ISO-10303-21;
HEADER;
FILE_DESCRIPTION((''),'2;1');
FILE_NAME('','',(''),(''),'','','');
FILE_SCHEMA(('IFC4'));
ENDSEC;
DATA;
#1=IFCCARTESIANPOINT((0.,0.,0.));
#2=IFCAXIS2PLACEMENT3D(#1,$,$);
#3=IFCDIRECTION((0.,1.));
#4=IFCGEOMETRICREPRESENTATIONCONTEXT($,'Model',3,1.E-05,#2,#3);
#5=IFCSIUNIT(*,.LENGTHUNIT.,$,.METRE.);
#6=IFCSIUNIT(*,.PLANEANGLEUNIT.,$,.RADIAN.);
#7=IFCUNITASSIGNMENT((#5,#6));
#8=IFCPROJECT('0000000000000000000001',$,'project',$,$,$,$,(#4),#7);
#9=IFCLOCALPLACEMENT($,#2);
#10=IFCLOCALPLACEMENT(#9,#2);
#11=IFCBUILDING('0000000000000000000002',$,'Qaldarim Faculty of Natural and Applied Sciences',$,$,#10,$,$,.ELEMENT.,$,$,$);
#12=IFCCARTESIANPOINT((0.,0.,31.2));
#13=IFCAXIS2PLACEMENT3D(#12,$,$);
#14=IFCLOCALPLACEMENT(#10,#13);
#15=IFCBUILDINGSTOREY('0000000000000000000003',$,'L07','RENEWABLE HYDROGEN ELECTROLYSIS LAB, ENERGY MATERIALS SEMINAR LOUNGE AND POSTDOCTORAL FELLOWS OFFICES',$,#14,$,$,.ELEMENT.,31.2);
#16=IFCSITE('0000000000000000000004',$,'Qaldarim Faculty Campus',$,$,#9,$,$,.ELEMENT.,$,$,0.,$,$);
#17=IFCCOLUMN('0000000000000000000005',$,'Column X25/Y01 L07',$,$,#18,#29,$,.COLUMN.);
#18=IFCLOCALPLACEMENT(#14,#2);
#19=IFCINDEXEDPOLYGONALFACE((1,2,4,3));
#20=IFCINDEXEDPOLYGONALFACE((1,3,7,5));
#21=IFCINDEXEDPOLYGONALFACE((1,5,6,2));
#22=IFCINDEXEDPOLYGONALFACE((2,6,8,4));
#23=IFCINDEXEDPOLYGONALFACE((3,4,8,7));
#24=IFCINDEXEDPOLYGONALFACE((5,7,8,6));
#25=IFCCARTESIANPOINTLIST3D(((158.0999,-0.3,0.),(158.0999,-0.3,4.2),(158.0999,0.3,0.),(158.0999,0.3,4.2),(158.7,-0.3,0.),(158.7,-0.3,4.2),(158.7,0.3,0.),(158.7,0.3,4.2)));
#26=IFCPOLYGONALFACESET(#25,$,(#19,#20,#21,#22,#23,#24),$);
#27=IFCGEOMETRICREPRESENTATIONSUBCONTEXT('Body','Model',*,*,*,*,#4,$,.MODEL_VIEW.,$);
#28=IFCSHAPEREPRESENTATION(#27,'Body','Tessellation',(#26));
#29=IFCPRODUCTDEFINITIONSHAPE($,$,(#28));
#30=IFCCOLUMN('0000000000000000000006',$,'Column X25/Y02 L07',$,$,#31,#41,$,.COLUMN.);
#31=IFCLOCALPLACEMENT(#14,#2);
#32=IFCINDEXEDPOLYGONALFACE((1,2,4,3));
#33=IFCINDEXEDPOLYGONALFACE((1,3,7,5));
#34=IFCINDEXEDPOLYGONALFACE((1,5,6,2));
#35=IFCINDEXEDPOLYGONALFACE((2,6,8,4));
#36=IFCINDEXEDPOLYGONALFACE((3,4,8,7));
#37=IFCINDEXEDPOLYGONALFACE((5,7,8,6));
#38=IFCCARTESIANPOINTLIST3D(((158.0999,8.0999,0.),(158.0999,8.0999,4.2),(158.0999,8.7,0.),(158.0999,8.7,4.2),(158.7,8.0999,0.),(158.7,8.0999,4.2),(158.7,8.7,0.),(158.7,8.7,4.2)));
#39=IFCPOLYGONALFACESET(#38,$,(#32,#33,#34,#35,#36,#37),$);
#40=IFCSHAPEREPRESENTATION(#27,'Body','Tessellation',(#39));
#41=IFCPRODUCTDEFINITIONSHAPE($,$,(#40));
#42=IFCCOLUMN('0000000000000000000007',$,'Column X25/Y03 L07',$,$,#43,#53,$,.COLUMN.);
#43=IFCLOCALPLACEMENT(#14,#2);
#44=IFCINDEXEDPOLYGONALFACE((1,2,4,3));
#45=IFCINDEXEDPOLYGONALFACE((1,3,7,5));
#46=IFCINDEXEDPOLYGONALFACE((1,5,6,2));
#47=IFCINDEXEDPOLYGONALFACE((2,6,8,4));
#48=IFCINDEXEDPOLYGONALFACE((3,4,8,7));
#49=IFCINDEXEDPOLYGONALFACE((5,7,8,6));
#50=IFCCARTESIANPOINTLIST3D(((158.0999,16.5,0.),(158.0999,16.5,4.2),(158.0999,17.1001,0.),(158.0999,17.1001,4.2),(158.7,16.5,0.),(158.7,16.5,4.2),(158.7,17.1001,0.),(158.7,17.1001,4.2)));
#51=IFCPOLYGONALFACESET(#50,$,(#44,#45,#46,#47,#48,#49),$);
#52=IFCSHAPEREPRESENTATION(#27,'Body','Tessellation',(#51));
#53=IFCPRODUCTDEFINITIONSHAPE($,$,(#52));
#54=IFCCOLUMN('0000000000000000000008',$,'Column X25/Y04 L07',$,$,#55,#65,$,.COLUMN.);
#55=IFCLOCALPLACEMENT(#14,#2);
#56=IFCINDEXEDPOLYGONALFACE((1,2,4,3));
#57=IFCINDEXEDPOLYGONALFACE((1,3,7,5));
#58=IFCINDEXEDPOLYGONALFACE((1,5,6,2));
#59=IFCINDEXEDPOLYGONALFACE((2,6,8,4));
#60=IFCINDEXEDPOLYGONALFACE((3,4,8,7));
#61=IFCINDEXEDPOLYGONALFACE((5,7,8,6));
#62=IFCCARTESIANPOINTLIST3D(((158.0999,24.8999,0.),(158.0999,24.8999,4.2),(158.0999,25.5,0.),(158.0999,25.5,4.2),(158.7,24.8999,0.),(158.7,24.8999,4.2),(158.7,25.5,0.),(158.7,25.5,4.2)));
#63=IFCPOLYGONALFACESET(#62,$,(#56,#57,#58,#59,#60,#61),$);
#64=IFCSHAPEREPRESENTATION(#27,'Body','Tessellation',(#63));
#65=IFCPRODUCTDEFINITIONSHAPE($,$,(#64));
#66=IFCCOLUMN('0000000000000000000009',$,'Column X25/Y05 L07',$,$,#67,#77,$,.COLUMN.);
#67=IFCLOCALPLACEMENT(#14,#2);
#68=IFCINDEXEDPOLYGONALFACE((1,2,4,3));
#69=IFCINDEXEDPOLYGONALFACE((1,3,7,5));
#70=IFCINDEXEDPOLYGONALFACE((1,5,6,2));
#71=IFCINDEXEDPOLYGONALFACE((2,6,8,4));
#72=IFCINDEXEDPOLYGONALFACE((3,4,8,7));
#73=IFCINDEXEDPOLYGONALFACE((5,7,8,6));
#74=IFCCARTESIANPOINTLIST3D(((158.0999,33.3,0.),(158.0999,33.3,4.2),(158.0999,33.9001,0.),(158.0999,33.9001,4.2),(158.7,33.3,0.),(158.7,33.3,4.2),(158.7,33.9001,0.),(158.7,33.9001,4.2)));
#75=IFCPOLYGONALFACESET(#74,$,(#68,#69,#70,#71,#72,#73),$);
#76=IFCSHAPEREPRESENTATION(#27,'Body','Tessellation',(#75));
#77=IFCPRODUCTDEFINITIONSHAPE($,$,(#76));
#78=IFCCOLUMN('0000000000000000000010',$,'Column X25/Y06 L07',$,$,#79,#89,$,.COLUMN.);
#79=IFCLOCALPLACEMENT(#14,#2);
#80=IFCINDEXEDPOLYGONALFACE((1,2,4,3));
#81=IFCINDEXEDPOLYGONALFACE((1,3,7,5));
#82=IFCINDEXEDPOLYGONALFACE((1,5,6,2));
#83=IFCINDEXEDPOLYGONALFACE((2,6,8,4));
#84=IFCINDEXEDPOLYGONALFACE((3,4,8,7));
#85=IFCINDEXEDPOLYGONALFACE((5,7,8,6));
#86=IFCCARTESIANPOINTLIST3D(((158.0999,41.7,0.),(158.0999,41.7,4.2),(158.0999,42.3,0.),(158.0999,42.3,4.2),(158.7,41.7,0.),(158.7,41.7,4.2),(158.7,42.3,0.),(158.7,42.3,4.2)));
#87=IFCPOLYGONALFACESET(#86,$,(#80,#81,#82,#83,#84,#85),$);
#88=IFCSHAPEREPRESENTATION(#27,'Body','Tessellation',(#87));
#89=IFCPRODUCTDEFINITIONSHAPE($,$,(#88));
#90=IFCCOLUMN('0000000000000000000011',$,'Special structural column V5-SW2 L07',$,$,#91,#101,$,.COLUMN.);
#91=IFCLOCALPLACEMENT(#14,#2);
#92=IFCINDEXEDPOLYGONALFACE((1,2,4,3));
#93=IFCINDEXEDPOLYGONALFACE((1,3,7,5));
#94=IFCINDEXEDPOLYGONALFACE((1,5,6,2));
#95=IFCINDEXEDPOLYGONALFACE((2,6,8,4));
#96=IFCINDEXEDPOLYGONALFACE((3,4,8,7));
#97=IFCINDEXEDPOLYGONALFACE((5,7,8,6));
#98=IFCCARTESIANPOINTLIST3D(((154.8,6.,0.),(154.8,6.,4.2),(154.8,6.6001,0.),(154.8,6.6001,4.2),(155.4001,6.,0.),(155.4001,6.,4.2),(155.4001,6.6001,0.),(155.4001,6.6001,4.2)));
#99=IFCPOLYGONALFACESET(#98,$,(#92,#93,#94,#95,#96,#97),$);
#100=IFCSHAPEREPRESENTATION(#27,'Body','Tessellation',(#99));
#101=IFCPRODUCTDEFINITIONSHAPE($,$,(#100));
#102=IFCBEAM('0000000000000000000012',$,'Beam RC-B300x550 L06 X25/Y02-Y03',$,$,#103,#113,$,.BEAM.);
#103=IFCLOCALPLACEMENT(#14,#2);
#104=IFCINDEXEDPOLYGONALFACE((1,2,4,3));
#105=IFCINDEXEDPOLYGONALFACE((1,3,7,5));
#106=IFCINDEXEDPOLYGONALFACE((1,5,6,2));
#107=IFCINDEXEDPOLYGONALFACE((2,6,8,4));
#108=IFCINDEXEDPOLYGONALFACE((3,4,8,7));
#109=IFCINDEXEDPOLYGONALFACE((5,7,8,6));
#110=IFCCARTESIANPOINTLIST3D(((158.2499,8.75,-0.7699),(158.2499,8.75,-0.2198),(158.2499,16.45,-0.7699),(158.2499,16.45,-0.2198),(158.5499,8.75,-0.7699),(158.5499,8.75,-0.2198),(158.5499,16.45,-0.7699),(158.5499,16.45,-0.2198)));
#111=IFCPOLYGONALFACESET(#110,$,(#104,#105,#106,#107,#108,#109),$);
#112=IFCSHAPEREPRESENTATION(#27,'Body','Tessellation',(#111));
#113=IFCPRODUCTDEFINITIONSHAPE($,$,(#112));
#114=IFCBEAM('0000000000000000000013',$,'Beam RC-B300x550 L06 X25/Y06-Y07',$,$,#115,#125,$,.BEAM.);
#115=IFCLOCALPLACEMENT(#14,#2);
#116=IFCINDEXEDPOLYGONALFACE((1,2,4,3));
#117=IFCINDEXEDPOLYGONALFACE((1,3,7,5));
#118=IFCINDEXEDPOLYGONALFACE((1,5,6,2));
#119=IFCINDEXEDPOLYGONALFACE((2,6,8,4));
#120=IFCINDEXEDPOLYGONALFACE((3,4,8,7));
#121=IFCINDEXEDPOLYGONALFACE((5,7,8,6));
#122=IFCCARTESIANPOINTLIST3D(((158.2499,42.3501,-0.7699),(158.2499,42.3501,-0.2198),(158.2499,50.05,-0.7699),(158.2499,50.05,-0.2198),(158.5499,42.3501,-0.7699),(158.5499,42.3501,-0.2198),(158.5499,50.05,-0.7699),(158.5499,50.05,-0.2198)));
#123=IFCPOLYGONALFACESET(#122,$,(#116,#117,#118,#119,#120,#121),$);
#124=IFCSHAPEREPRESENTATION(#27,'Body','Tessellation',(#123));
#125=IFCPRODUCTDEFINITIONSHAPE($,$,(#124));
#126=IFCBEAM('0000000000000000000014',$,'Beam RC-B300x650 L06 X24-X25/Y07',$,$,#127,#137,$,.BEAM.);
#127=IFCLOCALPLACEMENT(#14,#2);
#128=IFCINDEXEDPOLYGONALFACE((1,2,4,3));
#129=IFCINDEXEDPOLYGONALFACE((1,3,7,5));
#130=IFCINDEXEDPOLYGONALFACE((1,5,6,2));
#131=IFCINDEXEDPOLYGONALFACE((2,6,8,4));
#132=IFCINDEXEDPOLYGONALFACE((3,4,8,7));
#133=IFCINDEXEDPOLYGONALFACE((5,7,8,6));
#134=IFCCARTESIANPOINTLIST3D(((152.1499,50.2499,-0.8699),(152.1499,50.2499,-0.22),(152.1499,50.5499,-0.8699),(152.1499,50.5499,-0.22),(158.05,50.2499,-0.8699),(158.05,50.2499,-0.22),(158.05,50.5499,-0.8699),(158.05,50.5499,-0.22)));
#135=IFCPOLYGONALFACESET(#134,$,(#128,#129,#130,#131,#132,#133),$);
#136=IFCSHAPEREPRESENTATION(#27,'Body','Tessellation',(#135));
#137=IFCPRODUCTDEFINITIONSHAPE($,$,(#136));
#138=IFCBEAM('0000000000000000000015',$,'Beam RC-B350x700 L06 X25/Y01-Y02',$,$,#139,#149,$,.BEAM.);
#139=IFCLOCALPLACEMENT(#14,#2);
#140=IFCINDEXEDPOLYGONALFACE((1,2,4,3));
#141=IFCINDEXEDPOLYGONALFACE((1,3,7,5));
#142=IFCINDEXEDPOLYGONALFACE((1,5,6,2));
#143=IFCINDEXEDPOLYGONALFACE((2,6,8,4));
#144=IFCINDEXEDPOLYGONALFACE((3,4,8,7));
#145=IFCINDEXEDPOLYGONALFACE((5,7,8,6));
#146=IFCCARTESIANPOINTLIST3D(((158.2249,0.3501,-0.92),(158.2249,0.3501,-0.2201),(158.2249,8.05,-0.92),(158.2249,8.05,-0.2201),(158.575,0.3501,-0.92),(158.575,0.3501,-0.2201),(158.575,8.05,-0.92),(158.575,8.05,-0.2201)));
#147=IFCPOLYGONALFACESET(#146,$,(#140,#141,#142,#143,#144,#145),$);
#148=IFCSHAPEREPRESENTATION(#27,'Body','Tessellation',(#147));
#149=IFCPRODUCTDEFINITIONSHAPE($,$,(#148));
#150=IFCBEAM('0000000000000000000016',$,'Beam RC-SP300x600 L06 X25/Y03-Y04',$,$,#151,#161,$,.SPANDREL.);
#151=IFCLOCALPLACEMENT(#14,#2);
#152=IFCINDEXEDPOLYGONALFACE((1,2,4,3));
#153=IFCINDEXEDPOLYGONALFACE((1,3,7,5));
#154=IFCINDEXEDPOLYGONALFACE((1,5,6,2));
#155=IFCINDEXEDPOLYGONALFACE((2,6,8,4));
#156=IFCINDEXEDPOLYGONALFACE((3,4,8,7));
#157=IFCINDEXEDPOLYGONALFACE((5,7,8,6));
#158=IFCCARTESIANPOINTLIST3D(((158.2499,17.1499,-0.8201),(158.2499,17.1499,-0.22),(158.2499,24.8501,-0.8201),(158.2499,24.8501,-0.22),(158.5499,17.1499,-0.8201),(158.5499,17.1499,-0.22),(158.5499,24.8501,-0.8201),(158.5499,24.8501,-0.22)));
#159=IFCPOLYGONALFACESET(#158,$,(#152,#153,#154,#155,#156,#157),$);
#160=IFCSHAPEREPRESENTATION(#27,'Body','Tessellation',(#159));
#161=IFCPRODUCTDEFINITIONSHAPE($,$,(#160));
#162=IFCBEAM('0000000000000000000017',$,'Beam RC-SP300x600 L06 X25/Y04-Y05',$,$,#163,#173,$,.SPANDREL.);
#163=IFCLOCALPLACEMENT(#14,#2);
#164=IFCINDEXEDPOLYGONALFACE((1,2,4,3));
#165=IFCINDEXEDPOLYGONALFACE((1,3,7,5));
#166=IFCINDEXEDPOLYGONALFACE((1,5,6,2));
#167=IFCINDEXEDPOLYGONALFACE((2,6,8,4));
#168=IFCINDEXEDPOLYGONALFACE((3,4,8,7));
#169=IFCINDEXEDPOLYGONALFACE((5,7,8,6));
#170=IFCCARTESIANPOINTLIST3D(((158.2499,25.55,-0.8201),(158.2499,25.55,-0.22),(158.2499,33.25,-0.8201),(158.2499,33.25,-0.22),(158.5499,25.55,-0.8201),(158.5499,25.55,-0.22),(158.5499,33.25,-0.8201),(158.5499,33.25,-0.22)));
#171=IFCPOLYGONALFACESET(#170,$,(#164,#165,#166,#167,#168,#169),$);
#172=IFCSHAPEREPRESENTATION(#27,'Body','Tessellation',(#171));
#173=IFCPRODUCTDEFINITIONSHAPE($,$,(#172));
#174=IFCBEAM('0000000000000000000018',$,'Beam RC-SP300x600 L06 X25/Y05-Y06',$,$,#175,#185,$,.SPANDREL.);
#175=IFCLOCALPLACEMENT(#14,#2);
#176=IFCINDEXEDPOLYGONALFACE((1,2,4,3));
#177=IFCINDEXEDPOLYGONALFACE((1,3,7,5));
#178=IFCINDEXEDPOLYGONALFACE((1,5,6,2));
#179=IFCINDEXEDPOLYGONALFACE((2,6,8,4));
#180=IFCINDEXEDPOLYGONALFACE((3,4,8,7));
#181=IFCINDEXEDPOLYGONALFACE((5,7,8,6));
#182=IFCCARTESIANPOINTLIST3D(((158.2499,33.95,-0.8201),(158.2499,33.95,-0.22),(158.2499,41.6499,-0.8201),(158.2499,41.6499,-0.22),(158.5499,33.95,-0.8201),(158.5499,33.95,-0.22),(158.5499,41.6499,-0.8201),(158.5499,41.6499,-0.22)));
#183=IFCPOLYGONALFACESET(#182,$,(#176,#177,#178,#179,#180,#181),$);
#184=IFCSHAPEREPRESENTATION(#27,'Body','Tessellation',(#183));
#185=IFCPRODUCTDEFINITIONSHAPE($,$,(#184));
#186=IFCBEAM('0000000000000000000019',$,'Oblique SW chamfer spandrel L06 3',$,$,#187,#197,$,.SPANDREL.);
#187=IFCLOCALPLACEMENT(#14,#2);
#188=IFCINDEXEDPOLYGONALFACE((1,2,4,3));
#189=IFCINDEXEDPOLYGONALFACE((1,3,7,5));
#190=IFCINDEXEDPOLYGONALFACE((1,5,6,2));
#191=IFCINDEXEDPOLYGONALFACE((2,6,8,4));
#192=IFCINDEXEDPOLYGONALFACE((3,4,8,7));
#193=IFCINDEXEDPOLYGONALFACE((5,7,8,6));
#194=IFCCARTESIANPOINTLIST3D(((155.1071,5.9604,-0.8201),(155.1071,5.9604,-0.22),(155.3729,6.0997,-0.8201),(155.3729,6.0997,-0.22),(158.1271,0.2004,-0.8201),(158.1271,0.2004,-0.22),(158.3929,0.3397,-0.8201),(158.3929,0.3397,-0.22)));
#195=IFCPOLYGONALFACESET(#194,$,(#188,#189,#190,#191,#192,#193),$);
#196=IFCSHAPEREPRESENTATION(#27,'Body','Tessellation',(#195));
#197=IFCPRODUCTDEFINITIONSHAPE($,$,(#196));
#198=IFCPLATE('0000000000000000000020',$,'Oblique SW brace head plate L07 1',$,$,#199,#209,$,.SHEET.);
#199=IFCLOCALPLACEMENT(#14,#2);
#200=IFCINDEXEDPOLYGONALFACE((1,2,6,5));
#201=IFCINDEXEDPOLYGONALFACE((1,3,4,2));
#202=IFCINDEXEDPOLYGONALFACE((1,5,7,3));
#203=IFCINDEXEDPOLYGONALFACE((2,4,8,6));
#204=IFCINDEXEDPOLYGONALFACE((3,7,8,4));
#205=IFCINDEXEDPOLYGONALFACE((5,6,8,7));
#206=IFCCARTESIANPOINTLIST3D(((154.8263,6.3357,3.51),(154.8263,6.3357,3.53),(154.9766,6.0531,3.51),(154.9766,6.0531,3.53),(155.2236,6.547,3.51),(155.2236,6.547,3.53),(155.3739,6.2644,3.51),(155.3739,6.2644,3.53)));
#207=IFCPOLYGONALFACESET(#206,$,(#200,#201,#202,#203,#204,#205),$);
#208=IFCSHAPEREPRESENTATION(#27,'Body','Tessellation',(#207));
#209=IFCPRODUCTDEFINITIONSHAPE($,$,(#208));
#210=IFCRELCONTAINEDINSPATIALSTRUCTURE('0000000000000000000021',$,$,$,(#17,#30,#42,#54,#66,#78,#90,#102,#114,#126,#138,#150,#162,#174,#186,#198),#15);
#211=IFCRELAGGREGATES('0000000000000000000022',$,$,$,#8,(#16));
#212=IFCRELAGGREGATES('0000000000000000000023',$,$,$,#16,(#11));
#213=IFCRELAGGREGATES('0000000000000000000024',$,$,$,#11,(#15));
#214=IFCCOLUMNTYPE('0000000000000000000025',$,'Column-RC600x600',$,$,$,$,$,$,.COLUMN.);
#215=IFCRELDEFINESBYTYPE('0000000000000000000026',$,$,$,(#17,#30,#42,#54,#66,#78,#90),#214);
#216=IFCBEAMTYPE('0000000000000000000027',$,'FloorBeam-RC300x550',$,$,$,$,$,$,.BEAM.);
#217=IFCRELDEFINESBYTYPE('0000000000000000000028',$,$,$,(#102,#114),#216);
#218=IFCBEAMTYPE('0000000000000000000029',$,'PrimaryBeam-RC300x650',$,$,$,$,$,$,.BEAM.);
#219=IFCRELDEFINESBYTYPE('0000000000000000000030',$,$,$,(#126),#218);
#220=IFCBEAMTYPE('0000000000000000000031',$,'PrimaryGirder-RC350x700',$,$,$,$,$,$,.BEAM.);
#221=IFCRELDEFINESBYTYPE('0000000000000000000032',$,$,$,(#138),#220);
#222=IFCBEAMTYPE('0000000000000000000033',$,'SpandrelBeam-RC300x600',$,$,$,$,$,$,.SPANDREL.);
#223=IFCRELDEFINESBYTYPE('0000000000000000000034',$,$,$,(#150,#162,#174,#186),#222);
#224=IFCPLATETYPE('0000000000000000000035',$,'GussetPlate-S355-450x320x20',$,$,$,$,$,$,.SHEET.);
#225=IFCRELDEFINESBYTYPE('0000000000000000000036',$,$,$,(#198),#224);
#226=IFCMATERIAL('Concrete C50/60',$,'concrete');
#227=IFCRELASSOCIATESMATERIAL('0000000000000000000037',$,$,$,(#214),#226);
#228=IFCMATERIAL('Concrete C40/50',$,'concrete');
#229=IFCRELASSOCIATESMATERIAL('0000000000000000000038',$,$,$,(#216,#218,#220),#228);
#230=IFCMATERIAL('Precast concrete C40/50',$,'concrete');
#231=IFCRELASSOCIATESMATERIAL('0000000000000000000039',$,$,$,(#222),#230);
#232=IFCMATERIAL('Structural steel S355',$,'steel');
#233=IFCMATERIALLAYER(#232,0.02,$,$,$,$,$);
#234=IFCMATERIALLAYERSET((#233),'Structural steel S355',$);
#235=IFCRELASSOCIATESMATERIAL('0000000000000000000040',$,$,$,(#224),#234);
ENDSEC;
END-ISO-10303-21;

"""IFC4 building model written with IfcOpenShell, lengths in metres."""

from ifc_helpers import new_model, si_unit, direction, frame, origin, origin_2d, place, context, subcontext, project, spatial, rectangle, extrude, material, layer, layer_set, material_profile, profile_set, type_object, element, save


model = new_model("IFC4")

# Units and contexts
model_context = context("Model", 3, precision=1e-05, world=origin(), true_north=direction((0.0, 1.0)))
body_context = subcontext(model_context, "Body", "Model", "MODEL_VIEW")
ifc_project = project(units=[si_unit("LENGTHUNIT", "METRE"), si_unit("PLANEANGLEUNIT", "RADIAN")], contexts=[model_context])

# Site, building, storey
site_placement = place(None, origin())
site = spatial("IfcSite", under=ifc_project, at=site_placement, Name="Qaldarim Faculty Campus", CompositionType="ELEMENT", RefElevation=0.0)
building_placement = place(site_placement, origin())
building = spatial("IfcBuilding", under=site, at=building_placement, Name="Qaldarim Faculty of Natural and Applied Sciences", CompositionType="ELEMENT")
storey_placement = place(building_placement, frame((0.0, 0.0, 31.2)))
storey = spatial("IfcBuildingStorey", under=building, at=storey_placement, Name="L07", Description="RENEWABLE HYDROGEN ELECTROLYSIS LAB, ENERGY MATERIALS SEMINAR LOUNGE AND POSTDOCTORAL FELLOWS OFFICES", CompositionType="ELEMENT", Elevation=31.2)

# Columns
ifc_material_1 = material(Name="Concrete C50/60", Category="concrete")
ifc_material_profile_1 = material_profile(ifc_material_1, rectangle(XDim=0.6001, YDim=0.6001, at=origin_2d()), Name="RC-C600x600")
ifc_profile_set_1 = profile_set([ifc_material_profile_1], Name="Concrete C50/60")
column_type = type_object("IfcColumnType", Name="Column-RC600x600", PredefinedType="COLUMN", material=ifc_profile_set_1)
for number, where, z_axis, x_axis, name in (
    (1, (158.3999, 0.0, 0.0), (0.0, 0.0, 1.0), (1.0, 0.0, 0.0), "Column X25/Y01 L07"),
    (2, (158.3999, 8.3999, 0.0), (0.0, 0.0, 1.0), (1.0, 0.0, 0.0), "Column X25/Y02 L07"),
    (3, (158.3999, 16.8, 0.0), (0.0, 0.0, 1.0), (1.0, 0.0, 0.0), "Column X25/Y03 L07"),
    (4, (158.3999, 25.2, 0.0), (0.0, 0.0, 1.0), (1.0, 0.0, 0.0), "Column X25/Y04 L07"),
    (5, (158.3999, 33.6001, 0.0), (0.0, 0.0, 1.0), (1.0, 0.0, 0.0), "Column X25/Y05 L07"),
    (6, (158.3999, 42.0, 0.0), (0.0, 0.0, 1.0), (1.0, 0.0, 0.0), "Column X25/Y06 L07"),
    (7, (155.1001, 6.3, 0.0), (0.0, 0.0, 1.0), (1.0, 0.0, 0.0), "Special structural column V5-SW2 L07"),
):
    element("IfcColumn", number, at=place(storey_placement, frame(where, z_axis=z_axis, x_axis=x_axis)), inside=storey, type_object=column_type, Name=name, PredefinedType="COLUMN", context=body_context, shape_type="SweptSolid", body=[
        extrude(rectangle(XDim=0.6001, YDim=0.6001, at=origin_2d()), origin(), (0.0, 0.0, 1.0), 4.2),
    ])

# Beams
ifc_material_2 = material(Name="Concrete C40/50", Category="concrete")
ifc_material_profile_2 = material_profile(ifc_material_2, rectangle(XDim=0.3, YDim=0.55, at=origin_2d()), Name="RC-B300x550")
ifc_profile_set_2 = profile_set([ifc_material_profile_2], Name="Concrete C40/50")
beam_type_1 = type_object("IfcBeamType", Name="FloorBeam-RC300x550", PredefinedType="BEAM", material=ifc_profile_set_2)
for number, where, z_axis, x_axis, name in (
    (8, (158.3999, 8.75, -0.4949), (0.0, 1.0, 0.0), (-1.0, 0.0, 0.0), "Beam RC-B300x550 L06 X25/Y02-Y03"),
    (9, (158.3999, 42.3501, -0.4949), (0.0, 1.0, 0.0), (-1.0, 0.0, 0.0), "Beam RC-B300x550 L06 X25/Y06-Y07"),
):
    element("IfcBeam", number, at=place(storey_placement, frame(where, z_axis=z_axis, x_axis=x_axis)), inside=storey, type_object=beam_type_1, Name=name, PredefinedType="BEAM", context=body_context, shape_type="SweptSolid", body=[
        extrude(rectangle(XDim=0.3, YDim=0.55, at=origin_2d()), origin(), (0.0, 0.0, 1.0), 7.7),
    ])
ifc_material_profile_3 = material_profile(ifc_material_2, rectangle(XDim=0.3, YDim=0.6499, at=origin_2d()), Name="RC-B300x650")
ifc_profile_set_3 = profile_set([ifc_material_profile_3], Name="Concrete C40/50")
beam_type_2 = type_object("IfcBeamType", Name="PrimaryBeam-RC300x650", PredefinedType="BEAM", material=ifc_profile_set_3)
beam_1_placement = place(storey_placement, frame((152.1499, 50.3999, -0.5449), z_axis=(1.0, 0.0, 0.0), x_axis=(0.0, 1.0, 0.0)))
element("IfcBeam", 10, at=beam_1_placement, inside=storey, type_object=beam_type_2, Name="Beam RC-B300x650 L06 X24-X25/Y07", PredefinedType="BEAM", context=body_context, shape_type="SweptSolid", body=[
    extrude(rectangle(XDim=0.3, YDim=0.6499, at=origin_2d()), origin(), (0.0, 0.0, 1.0), 5.9001),
])
ifc_material_profile_4 = material_profile(ifc_material_2, rectangle(XDim=0.3501, YDim=0.7, at=origin_2d()), Name="RC-B350x700")
ifc_profile_set_4 = profile_set([ifc_material_profile_4], Name="Concrete C40/50")
beam_type_3 = type_object("IfcBeamType", Name="PrimaryGirder-RC350x700", PredefinedType="BEAM", material=ifc_profile_set_4)
beam_2_placement = place(storey_placement, frame((158.3999, 0.3501, -0.5701), z_axis=(0.0, 1.0, 0.0), x_axis=(-1.0, 0.0, 0.0)))
element("IfcBeam", 11, at=beam_2_placement, inside=storey, type_object=beam_type_3, Name="Beam RC-B350x700 L06 X25/Y01-Y02", PredefinedType="BEAM", context=body_context, shape_type="SweptSolid", body=[
    extrude(rectangle(XDim=0.3501, YDim=0.7, at=origin_2d()), origin(), (0.0, 0.0, 1.0), 7.7),
])
ifc_material_3 = material(Name="Precast concrete C40/50", Category="concrete")
ifc_material_profile_5 = material_profile(ifc_material_3, rectangle(XDim=0.3, YDim=0.6001, at=origin_2d()), Name="RC-SP300x600")
ifc_profile_set_5 = profile_set([ifc_material_profile_5], Name="Precast concrete C40/50")
beam_type_4 = type_object("IfcBeamType", Name="SpandrelBeam-RC300x600", PredefinedType="SPANDREL", material=ifc_profile_set_5)
beam_3_placement = place(storey_placement, frame((158.3999, 17.1499, -0.52), z_axis=(0.0, 1.0, 0.0), x_axis=(-1.0, 0.0, 0.0)))
element("IfcBeam", 12, at=beam_3_placement, inside=storey, type_object=beam_type_4, Name="Beam RC-SP300x600 L06 X25/Y03-Y04", PredefinedType="SPANDREL", context=body_context, shape_type="SweptSolid", body=[
    extrude(rectangle(XDim=0.3, YDim=0.6001, at=origin_2d()), origin(), (0.0, 0.0, 1.0), 7.7002),
])
for number, where, z_axis, x_axis, name in (
    (13, (158.3999, 25.55, -0.52), (0.0, 1.0, 0.0), (-1.0, 0.0, 0.0), "Beam RC-SP300x600 L06 X25/Y04-Y05"),
    (14, (158.3999, 33.95, -0.52), (0.0, 1.0, 0.0), (-1.0, 0.0, 0.0), "Beam RC-SP300x600 L06 X25/Y05-Y06"),
):
    element("IfcBeam", number, at=place(storey_placement, frame(where, z_axis=z_axis, x_axis=x_axis)), inside=storey, type_object=beam_type_4, Name=name, PredefinedType="SPANDREL", context=body_context, shape_type="SweptSolid", body=[
        extrude(rectangle(XDim=0.3, YDim=0.6001, at=origin_2d()), origin(), (0.0, 0.0, 1.0), 7.7),
    ])
beam_4_placement = place(storey_placement, frame((155.24, 6.03, -0.52), z_axis=(0.464353, -0.88565, 0.0), x_axis=(0.88565, 0.464353, 0.0)))
element("IfcBeam", 15, at=beam_4_placement, inside=storey, type_object=beam_type_4, Name="Oblique SW chamfer spandrel L06 3", PredefinedType="SPANDREL", context=body_context, shape_type="SweptSolid", body=[
    extrude(rectangle(XDim=0.3, YDim=0.6001, at=origin_2d()), origin(), (0.0, 0.0, 1.0), 6.5037),
])

# Plate
ifc_material_4 = material(Name="Structural steel S355", Category="steel")
ifc_layer_1 = layer(ifc_material_4, 0.02)
ifc_layer_set_1 = layer_set([ifc_layer_1], Name="Structural steel S355")
plate_type = type_object("IfcPlateType", Name="GussetPlate-S355-450x320x20", PredefinedType="SHEET", material=ifc_layer_set_1)
plate_placement = place(storey_placement, frame((155.1001, 6.3, 3.51), z_axis=(0.0, 0.0, 1.0), x_axis=(0.882948, 0.469472, 0.0)))
element("IfcPlate", 16, at=plate_placement, inside=storey, type_object=plate_type, Name="Oblique SW brace head plate L07 1", PredefinedType="SHEET", context=body_context, shape_type="SweptSolid", body=[
    extrude(rectangle(XDim=0.45, YDim=0.3201, at=origin_2d()), origin(), (0.0, 0.0, 1.0), 0.02),
])

save(model, "model.ifc")
